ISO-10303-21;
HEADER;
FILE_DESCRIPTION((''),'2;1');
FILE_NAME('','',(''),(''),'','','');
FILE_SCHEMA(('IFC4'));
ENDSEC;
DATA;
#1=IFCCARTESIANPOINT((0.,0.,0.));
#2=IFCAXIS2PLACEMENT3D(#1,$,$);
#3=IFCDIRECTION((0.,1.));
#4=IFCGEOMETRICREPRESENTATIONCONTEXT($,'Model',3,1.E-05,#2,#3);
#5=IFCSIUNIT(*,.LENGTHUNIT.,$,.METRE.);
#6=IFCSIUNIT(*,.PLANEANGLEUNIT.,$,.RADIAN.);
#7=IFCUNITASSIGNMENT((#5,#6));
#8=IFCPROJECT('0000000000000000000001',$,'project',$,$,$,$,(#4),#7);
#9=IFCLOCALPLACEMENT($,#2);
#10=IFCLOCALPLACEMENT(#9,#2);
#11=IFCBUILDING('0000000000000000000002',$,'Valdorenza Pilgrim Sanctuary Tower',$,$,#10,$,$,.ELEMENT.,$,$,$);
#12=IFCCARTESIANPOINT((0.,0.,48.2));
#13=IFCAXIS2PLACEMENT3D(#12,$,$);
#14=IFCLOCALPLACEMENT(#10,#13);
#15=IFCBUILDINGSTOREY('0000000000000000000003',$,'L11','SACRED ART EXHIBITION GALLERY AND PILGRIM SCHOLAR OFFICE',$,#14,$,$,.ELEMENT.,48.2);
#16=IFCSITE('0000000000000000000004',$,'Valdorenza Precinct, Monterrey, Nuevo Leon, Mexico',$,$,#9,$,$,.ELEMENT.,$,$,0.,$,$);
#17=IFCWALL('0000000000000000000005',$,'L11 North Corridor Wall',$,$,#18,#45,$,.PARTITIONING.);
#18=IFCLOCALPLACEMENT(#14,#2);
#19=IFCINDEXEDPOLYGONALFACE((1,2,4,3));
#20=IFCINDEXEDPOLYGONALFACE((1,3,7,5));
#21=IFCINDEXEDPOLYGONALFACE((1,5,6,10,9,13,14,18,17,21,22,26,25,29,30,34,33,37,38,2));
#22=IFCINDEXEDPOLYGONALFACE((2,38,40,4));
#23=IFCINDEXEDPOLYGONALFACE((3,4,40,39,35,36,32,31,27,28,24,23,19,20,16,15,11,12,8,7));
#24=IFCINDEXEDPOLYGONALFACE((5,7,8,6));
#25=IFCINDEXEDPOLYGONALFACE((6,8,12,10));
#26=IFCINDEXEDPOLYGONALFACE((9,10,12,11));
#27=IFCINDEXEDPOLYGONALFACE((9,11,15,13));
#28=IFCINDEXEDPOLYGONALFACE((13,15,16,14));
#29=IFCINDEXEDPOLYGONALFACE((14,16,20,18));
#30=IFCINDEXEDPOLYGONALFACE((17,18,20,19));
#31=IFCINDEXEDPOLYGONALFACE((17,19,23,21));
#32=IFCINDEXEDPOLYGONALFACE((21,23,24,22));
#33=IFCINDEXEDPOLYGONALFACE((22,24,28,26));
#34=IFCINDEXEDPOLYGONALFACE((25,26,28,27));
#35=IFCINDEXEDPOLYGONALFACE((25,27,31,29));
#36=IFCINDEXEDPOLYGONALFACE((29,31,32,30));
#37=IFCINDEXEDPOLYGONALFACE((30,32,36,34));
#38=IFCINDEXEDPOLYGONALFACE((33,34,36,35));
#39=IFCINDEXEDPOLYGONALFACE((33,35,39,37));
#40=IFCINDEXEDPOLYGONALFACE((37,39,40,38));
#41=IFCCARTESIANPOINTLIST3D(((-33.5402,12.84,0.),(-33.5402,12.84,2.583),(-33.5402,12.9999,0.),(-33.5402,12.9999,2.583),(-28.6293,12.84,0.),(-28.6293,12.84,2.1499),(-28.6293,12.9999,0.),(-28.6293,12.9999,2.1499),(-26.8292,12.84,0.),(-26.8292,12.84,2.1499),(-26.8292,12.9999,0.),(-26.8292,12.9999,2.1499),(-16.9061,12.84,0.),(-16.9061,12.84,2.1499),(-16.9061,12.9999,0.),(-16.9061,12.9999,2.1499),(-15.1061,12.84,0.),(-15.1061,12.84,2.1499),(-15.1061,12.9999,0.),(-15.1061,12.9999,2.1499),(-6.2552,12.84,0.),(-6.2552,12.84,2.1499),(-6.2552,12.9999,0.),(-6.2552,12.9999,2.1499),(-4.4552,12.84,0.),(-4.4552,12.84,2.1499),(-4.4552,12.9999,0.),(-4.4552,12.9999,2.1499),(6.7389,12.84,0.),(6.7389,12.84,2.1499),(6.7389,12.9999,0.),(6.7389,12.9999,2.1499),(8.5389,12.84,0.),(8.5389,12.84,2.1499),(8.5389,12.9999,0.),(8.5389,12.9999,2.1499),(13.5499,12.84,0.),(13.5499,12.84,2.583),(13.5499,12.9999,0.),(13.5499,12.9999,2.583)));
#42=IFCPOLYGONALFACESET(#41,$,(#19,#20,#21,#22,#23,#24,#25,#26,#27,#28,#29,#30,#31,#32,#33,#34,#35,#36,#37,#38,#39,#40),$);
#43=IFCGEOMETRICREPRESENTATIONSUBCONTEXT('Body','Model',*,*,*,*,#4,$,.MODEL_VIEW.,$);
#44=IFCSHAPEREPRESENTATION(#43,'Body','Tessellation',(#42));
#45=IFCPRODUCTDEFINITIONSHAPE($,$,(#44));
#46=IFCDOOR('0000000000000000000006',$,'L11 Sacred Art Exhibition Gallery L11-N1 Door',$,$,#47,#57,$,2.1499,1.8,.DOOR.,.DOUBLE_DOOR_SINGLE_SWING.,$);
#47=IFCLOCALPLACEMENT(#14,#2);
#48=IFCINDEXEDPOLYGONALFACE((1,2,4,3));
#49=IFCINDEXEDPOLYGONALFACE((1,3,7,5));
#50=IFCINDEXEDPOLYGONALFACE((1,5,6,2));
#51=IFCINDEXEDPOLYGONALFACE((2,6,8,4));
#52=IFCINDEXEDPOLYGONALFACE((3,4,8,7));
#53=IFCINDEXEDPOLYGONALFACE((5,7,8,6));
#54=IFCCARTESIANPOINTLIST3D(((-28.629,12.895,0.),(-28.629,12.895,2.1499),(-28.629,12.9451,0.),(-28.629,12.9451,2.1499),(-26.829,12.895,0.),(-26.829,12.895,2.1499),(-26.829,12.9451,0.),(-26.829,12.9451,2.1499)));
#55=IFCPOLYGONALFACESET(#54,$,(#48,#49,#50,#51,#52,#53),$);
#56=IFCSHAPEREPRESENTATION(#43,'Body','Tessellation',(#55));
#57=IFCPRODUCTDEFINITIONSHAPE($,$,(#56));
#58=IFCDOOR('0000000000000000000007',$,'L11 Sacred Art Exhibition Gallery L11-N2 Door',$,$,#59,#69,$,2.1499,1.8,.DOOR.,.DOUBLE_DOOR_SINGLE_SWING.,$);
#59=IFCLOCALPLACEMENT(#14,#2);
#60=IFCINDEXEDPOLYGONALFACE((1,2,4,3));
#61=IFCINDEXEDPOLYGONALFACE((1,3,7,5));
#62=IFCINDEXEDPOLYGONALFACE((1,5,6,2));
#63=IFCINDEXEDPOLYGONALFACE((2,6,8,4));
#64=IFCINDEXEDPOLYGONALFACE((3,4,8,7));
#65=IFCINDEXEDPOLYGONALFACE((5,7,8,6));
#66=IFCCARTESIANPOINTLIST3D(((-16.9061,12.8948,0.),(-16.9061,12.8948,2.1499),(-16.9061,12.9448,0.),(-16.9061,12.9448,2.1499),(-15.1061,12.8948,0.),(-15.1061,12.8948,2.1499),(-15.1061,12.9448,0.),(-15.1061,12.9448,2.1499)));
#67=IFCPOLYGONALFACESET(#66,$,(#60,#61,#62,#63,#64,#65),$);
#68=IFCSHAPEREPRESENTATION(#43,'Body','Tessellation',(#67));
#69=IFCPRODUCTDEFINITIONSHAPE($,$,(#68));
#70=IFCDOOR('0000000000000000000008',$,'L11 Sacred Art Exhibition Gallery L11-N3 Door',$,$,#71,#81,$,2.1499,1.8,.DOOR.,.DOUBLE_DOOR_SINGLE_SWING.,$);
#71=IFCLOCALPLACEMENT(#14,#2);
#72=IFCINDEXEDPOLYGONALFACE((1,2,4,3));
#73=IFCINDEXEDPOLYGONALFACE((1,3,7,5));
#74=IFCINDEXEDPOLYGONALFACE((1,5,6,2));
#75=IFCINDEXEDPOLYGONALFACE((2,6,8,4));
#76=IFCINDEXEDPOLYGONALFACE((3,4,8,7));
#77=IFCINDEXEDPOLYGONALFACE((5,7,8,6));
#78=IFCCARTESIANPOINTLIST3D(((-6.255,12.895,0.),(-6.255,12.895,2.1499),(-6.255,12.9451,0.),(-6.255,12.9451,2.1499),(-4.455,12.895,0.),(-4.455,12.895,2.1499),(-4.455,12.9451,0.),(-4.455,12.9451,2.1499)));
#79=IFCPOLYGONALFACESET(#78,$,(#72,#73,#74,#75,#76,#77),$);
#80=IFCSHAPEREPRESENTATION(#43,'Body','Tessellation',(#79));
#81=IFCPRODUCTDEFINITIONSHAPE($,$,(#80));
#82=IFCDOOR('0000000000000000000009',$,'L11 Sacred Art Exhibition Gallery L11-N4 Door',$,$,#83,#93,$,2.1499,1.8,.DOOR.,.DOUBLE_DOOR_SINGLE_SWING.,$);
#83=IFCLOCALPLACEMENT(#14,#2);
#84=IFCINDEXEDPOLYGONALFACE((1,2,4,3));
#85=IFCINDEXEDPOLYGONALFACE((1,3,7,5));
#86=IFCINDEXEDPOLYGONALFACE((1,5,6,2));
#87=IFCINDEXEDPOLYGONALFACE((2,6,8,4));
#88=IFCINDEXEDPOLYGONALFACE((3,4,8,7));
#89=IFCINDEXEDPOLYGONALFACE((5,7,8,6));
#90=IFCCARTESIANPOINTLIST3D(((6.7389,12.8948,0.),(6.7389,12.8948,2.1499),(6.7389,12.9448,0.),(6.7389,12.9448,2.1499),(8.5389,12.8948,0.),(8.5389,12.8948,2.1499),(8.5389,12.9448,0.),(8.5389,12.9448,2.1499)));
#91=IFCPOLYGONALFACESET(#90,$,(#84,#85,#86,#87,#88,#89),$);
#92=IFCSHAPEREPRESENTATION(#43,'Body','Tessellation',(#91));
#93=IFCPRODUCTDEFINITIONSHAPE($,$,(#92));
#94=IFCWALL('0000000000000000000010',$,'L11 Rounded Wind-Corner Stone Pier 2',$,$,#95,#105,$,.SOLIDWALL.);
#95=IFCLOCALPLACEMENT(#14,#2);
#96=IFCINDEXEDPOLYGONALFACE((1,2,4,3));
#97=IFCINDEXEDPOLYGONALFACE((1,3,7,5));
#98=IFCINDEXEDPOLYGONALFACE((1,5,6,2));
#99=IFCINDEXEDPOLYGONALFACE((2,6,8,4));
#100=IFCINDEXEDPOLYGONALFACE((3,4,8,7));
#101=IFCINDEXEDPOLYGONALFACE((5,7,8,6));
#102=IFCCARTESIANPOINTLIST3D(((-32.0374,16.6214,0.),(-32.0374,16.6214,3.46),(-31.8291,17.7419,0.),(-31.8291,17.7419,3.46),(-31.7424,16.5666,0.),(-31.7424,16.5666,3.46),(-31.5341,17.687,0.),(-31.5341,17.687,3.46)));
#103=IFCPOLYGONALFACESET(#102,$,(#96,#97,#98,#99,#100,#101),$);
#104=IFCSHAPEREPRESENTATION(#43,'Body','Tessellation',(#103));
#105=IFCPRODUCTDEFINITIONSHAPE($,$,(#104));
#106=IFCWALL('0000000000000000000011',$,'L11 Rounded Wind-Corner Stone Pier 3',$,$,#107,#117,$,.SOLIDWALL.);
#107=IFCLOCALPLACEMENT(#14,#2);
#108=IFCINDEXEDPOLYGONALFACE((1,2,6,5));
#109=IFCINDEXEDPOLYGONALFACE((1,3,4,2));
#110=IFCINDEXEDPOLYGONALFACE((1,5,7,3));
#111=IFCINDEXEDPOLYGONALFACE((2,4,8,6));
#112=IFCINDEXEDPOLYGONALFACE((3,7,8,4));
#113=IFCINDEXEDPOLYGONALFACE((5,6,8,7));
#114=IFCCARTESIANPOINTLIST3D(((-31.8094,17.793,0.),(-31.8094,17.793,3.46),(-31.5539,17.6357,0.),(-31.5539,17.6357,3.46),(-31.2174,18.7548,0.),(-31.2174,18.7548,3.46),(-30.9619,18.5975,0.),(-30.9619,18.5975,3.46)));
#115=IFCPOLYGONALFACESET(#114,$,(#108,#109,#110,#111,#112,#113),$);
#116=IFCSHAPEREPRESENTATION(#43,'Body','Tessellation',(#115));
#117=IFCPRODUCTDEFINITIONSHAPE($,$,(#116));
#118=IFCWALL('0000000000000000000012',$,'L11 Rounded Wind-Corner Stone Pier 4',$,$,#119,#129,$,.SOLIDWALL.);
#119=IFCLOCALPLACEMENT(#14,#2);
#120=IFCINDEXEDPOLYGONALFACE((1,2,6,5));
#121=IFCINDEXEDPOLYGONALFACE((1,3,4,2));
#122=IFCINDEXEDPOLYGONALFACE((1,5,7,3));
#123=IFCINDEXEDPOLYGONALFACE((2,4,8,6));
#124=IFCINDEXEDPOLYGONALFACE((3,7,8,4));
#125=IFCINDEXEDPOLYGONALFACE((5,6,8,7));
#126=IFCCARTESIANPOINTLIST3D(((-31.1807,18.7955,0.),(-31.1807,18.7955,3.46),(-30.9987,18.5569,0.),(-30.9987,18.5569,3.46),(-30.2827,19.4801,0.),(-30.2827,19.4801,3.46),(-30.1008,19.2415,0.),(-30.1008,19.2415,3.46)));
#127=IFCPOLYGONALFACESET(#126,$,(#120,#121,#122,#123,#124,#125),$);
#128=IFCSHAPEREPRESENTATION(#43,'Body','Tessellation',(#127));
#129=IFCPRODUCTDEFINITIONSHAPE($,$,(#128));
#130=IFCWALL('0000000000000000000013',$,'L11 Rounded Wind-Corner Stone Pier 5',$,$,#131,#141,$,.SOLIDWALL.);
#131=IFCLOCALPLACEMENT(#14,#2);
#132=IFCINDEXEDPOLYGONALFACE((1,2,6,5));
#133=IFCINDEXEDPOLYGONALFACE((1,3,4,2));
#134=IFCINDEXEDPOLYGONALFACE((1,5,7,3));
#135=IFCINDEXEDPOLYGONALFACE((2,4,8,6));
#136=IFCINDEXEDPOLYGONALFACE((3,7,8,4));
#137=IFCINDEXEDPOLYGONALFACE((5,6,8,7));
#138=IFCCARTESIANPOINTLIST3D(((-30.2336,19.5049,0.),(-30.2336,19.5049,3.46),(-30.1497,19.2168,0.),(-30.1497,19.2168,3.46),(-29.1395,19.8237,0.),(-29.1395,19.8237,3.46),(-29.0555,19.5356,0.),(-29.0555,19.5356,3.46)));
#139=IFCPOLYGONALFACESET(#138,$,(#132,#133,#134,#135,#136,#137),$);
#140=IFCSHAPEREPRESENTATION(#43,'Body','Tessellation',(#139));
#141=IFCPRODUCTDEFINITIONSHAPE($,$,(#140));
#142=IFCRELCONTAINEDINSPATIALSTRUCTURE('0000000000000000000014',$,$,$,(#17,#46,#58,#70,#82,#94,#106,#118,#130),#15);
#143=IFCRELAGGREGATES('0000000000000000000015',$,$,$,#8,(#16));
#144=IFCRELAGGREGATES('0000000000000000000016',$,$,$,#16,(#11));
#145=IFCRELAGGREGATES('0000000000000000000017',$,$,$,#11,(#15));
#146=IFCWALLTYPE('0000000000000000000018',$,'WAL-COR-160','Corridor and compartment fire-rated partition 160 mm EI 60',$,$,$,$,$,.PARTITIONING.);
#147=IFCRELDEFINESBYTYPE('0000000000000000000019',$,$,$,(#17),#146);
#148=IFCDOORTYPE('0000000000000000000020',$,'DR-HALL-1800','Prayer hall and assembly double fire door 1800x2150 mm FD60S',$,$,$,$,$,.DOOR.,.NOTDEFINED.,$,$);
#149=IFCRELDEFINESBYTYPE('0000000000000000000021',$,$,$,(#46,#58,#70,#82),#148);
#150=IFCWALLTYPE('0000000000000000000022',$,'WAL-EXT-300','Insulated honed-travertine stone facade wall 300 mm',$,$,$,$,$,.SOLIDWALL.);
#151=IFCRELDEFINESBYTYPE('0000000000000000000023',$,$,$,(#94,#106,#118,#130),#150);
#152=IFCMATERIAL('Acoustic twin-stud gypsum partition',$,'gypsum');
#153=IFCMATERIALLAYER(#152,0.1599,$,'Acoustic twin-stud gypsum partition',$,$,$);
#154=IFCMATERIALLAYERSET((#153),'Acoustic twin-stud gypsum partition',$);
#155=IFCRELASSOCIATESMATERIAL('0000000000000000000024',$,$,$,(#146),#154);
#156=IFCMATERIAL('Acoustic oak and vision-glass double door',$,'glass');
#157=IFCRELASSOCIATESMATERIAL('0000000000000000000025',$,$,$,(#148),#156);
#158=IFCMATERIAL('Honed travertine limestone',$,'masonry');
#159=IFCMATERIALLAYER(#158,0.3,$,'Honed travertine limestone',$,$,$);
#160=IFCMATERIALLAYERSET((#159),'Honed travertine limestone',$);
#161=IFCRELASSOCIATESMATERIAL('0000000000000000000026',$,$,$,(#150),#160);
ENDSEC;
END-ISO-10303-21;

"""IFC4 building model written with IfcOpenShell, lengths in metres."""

from ifc_helpers import new_model, si_unit, direction, frame, frame_2d, origin, place, context, subcontext, project, spatial, rectangle, extrude, material, layer, layer_set, type_object, element, fill, save


model = new_model("IFC4")

# Units and contexts
model_context = context("Model", 3, precision=1e-05, world=origin(), true_north=direction((0.0, 1.0)))
body_context = subcontext(model_context, "Body", "Model", "MODEL_VIEW")
ifc_project = project(units=[si_unit("LENGTHUNIT", "METRE"), si_unit("PLANEANGLEUNIT", "RADIAN")], contexts=[model_context])

# Site, building, storey
site_placement = place(None, origin())
site = spatial("IfcSite", under=ifc_project, at=site_placement, Name="Valdorenza Precinct, Monterrey, Nuevo Leon, Mexico", CompositionType="ELEMENT", RefElevation=0.0)
building_placement = place(site_placement, origin())
building = spatial("IfcBuilding", under=site, at=building_placement, Name="Valdorenza Pilgrim Sanctuary Tower", CompositionType="ELEMENT")
storey_placement = place(building_placement, frame((0.0, 0.0, 48.2)))
storey = spatial("IfcBuildingStorey", under=building, at=storey_placement, Name="L11", Description="SACRED ART EXHIBITION GALLERY AND PILGRIM SCHOLAR OFFICE", CompositionType="ELEMENT", Elevation=48.2)

# Shared definitions
ifc_material_1 = material(Name="Honed travertine limestone", Category="masonry")

# Wall, openings, doors
ifc_material_2 = material(Name="Acoustic twin-stud gypsum partition", Category="gypsum")
ifc_layer_1 = layer(ifc_material_2, 0.1599, Name="Acoustic twin-stud gypsum partition")
ifc_layer_set_1 = layer_set([ifc_layer_1], Name="Acoustic twin-stud gypsum partition")
wall_type_1 = type_object("IfcWallType", Name="WAL-COR-160", Description="Corridor and compartment fire-rated partition 160 mm EI 60", PredefinedType="PARTITIONING", material=ifc_layer_set_1)
wall_1_placement = place(storey_placement, frame((-33.54, 12.9199, 0.0), z_axis=(0.0, 0.0, 1.0), x_axis=(1.0, 0.0, 0.0)))
wall_1 = element("IfcWall", 1, at=wall_1_placement, inside=storey, type_object=wall_type_1, Name="L11 North Corridor Wall", PredefinedType="PARTITIONING", context=body_context, shape_type="SweptSolid", body=[
    extrude(rectangle(XDim=47.0901, YDim=0.1599, at=frame_2d((23.5449, 0.0))), origin(), (0.0, 0.0, 1.0), 2.583),
])
opening_1_placement = place(wall_1_placement, frame((4.9109, 0.0, 0.0)))
opening_1 = element("IfcOpeningElement", 2, at=opening_1_placement, cuts=wall_1, PredefinedType="OPENING", context=body_context, shape_type="SweptSolid", body=[
    extrude(rectangle(XDim=1.8, YDim=2.1499, at=frame_2d((0.8999, 1.075))), frame((0.0, 0.0947, 0.0), z_axis=(0.0, -1.0, 0.0), x_axis=(1.0, 0.0, 0.0)), (0.0, 0.0, 1.0), 0.1897),
])
opening_2_placement = place(wall_1_placement, frame((16.634, 0.0, 0.0)))
opening_2 = element("IfcOpeningElement", 3, at=opening_2_placement, cuts=wall_1, PredefinedType="OPENING", context=body_context, shape_type="SweptSolid", body=[
    extrude(rectangle(XDim=1.8, YDim=2.1499, at=frame_2d((0.8999, 1.075))), frame((0.0, 0.0947, 0.0), z_axis=(0.0, -1.0, 0.0), x_axis=(1.0, 0.0, 0.0)), (0.0, 0.0, 1.0), 0.1897),
])
opening_3_placement = place(wall_1_placement, frame((27.2849, 0.0, 0.0)))
opening_3 = element("IfcOpeningElement", 4, at=opening_3_placement, cuts=wall_1, PredefinedType="OPENING", context=body_context, shape_type="SweptSolid", body=[
    extrude(rectangle(XDim=1.8, YDim=2.1499, at=frame_2d((0.8999, 1.075))), frame((0.0, 0.0947, 0.0), z_axis=(0.0, -1.0, 0.0), x_axis=(1.0, 0.0, 0.0)), (0.0, 0.0, 1.0), 0.1897),
])
opening_4_placement = place(wall_1_placement, frame((40.2791, 0.0, 0.0)))
opening_4 = element("IfcOpeningElement", 5, at=opening_4_placement, cuts=wall_1, PredefinedType="OPENING", context=body_context, shape_type="SweptSolid", body=[
    extrude(rectangle(XDim=1.8, YDim=2.1499, at=frame_2d((0.8999, 1.075))), frame((0.0, 0.0947, 0.0), z_axis=(0.0, -1.0, 0.0), x_axis=(1.0, 0.0, 0.0)), (0.0, 0.0, 1.0), 0.1897),
])
ifc_material_3 = material(Name="Acoustic oak and vision-glass double door", Category="glass")
door_type = type_object("IfcDoorType", Name="DR-HALL-1800", Description="Prayer hall and assembly double fire door 1800x2150 mm FD60S", OperationType="NOTDEFINED", PredefinedType="DOOR", material=ifc_material_3)
door_1_placement = place(opening_1_placement, frame((1.8, 0.0, 0.0), z_axis=(0.0, 0.0, 1.0), x_axis=(-1.0, 0.0, 0.0)))
door_1 = element("IfcDoor", 6, at=door_1_placement, inside=storey, type_object=door_type, Name="L11 Sacred Art Exhibition Gallery L11-N1 Door", OperationType="DOUBLE_DOOR_SINGLE_SWING", OverallHeight=2.1499, OverallWidth=1.8, PredefinedType="DOOR", context=body_context, shape_type="SweptSolid", body=[
    extrude(rectangle(XDim=1.8, YDim=2.1499, at=frame_2d((0.8999, 1.075))), frame((0.0, 0.0249, 0.0), z_axis=(0.0, -1.0, 0.0), x_axis=(1.0, 0.0, 0.0)), (0.0, 0.0, 1.0), 0.05),
])
fill(opening_1, door_1)
door_2_placement = place(opening_2_placement, origin())
door_2 = element("IfcDoor", 7, at=door_2_placement, inside=storey, type_object=door_type, Name="L11 Sacred Art Exhibition Gallery L11-N2 Door", OperationType="DOUBLE_DOOR_SINGLE_SWING", OverallHeight=2.1499, OverallWidth=1.8, PredefinedType="DOOR", context=body_context, shape_type="SweptSolid", body=[
    extrude(rectangle(XDim=1.8, YDim=2.1499, at=frame_2d((0.8999, 1.075))), frame((0.0, 0.0249, 0.0), z_axis=(0.0, -1.0, 0.0), x_axis=(1.0, 0.0, 0.0)), (0.0, 0.0, 1.0), 0.05),
])
fill(opening_2, door_2)
door_3_placement = place(opening_3_placement, frame((1.8, 0.0, 0.0), z_axis=(0.0, 0.0, 1.0), x_axis=(-1.0, 0.0, 0.0)))
door_3 = element("IfcDoor", 8, at=door_3_placement, inside=storey, type_object=door_type, Name="L11 Sacred Art Exhibition Gallery L11-N3 Door", OperationType="DOUBLE_DOOR_SINGLE_SWING", OverallHeight=2.1499, OverallWidth=1.8, PredefinedType="DOOR", context=body_context, shape_type="SweptSolid", body=[
    extrude(rectangle(XDim=1.8, YDim=2.1499, at=frame_2d((0.8999, 1.075))), frame((0.0, 0.0249, 0.0), z_axis=(0.0, -1.0, 0.0), x_axis=(1.0, 0.0, 0.0)), (0.0, 0.0, 1.0), 0.05),
])
fill(opening_3, door_3)
door_4_placement = place(opening_4_placement, origin())
door_4 = element("IfcDoor", 9, at=door_4_placement, inside=storey, type_object=door_type, Name="L11 Sacred Art Exhibition Gallery L11-N4 Door", OperationType="DOUBLE_DOOR_SINGLE_SWING", OverallHeight=2.1499, OverallWidth=1.8, PredefinedType="DOOR", context=body_context, shape_type="SweptSolid", body=[
    extrude(rectangle(XDim=1.8, YDim=2.1499, at=frame_2d((0.8999, 1.075))), frame((0.0, 0.0249, 0.0), z_axis=(0.0, -1.0, 0.0), x_axis=(1.0, 0.0, 0.0)), (0.0, 0.0, 1.0), 0.05),
])
fill(opening_4, door_4)

# Walls
ifc_layer_2 = layer(ifc_material_1, 0.3, Name="Honed travertine limestone")
ifc_layer_set_2 = layer_set([ifc_layer_2], Name="Honed travertine limestone")
wall_type_2 = type_object("IfcWallType", Name="WAL-EXT-300", Description="Insulated honed-travertine stone facade wall 300 mm", PredefinedType="SOLIDWALL", material=ifc_layer_set_2)
wall_2_placement = place(storey_placement, frame((-31.8899, 16.594, 0.0), z_axis=(0.0, 0.0, 1.0), x_axis=(0.182749, 0.98316, 0.0)))
element("IfcWall", 10, at=wall_2_placement, inside=storey, type_object=wall_type_2, Name="L11 Rounded Wind-Corner Stone Pier 2", PredefinedType="SOLIDWALL", context=body_context, shape_type="SweptSolid", body=[
    extrude(rectangle(XDim=1.1396, YDim=0.3, at=frame_2d((0.5698, 0.0))), origin(), (0.0, 0.0, 1.0), 3.46),
])
wall_3_placement = place(storey_placement, frame((-31.6816, 17.7144, 0.0), z_axis=(0.0, 0.0, 1.0), x_axis=(0.524158, 0.851621, 0.0)))
element("IfcWall", 11, at=wall_3_placement, inside=storey, type_object=wall_type_2, Name="L11 Rounded Wind-Corner Stone Pier 3", PredefinedType="SOLIDWALL", context=body_context, shape_type="SweptSolid", body=[
    extrude(rectangle(XDim=1.1294, YDim=0.3, at=frame_2d((0.5647, 0.0))), origin(), (0.0, 0.0, 1.0), 3.46),
])
wall_4_placement = place(storey_placement, frame((-31.0896, 18.6763, 0.0), z_axis=(0.0, 0.0, 1.0), x_axis=(0.795253, 0.606278, 0.0)))
element("IfcWall", 12, at=wall_4_placement, inside=storey, type_object=wall_type_2, Name="L11 Rounded Wind-Corner Stone Pier 4", PredefinedType="SOLIDWALL", context=body_context, shape_type="SweptSolid", body=[
    extrude(rectangle(XDim=1.1292, YDim=0.3, at=frame_2d((0.5645, 0.0))), origin(), (0.0, 0.0, 1.0), 3.46),
])
wall_5_placement = place(storey_placement, frame((-30.1917, 19.3608, 0.0), z_axis=(0.0, 0.0, 1.0), x_axis=(0.960072, 0.279753, 0.0)))
element("IfcWall", 13, at=wall_5_placement, inside=storey, type_object=wall_type_2, Name="L11 Rounded Wind-Corner Stone Pier 5", PredefinedType="SOLIDWALL", context=body_context, shape_type="SweptSolid", body=[
    extrude(rectangle(XDim=1.1396, YDim=0.3, at=frame_2d((0.5698, 0.0))), origin(), (0.0, 0.0, 1.0), 3.46),
])

save(model, "model.ifc")
